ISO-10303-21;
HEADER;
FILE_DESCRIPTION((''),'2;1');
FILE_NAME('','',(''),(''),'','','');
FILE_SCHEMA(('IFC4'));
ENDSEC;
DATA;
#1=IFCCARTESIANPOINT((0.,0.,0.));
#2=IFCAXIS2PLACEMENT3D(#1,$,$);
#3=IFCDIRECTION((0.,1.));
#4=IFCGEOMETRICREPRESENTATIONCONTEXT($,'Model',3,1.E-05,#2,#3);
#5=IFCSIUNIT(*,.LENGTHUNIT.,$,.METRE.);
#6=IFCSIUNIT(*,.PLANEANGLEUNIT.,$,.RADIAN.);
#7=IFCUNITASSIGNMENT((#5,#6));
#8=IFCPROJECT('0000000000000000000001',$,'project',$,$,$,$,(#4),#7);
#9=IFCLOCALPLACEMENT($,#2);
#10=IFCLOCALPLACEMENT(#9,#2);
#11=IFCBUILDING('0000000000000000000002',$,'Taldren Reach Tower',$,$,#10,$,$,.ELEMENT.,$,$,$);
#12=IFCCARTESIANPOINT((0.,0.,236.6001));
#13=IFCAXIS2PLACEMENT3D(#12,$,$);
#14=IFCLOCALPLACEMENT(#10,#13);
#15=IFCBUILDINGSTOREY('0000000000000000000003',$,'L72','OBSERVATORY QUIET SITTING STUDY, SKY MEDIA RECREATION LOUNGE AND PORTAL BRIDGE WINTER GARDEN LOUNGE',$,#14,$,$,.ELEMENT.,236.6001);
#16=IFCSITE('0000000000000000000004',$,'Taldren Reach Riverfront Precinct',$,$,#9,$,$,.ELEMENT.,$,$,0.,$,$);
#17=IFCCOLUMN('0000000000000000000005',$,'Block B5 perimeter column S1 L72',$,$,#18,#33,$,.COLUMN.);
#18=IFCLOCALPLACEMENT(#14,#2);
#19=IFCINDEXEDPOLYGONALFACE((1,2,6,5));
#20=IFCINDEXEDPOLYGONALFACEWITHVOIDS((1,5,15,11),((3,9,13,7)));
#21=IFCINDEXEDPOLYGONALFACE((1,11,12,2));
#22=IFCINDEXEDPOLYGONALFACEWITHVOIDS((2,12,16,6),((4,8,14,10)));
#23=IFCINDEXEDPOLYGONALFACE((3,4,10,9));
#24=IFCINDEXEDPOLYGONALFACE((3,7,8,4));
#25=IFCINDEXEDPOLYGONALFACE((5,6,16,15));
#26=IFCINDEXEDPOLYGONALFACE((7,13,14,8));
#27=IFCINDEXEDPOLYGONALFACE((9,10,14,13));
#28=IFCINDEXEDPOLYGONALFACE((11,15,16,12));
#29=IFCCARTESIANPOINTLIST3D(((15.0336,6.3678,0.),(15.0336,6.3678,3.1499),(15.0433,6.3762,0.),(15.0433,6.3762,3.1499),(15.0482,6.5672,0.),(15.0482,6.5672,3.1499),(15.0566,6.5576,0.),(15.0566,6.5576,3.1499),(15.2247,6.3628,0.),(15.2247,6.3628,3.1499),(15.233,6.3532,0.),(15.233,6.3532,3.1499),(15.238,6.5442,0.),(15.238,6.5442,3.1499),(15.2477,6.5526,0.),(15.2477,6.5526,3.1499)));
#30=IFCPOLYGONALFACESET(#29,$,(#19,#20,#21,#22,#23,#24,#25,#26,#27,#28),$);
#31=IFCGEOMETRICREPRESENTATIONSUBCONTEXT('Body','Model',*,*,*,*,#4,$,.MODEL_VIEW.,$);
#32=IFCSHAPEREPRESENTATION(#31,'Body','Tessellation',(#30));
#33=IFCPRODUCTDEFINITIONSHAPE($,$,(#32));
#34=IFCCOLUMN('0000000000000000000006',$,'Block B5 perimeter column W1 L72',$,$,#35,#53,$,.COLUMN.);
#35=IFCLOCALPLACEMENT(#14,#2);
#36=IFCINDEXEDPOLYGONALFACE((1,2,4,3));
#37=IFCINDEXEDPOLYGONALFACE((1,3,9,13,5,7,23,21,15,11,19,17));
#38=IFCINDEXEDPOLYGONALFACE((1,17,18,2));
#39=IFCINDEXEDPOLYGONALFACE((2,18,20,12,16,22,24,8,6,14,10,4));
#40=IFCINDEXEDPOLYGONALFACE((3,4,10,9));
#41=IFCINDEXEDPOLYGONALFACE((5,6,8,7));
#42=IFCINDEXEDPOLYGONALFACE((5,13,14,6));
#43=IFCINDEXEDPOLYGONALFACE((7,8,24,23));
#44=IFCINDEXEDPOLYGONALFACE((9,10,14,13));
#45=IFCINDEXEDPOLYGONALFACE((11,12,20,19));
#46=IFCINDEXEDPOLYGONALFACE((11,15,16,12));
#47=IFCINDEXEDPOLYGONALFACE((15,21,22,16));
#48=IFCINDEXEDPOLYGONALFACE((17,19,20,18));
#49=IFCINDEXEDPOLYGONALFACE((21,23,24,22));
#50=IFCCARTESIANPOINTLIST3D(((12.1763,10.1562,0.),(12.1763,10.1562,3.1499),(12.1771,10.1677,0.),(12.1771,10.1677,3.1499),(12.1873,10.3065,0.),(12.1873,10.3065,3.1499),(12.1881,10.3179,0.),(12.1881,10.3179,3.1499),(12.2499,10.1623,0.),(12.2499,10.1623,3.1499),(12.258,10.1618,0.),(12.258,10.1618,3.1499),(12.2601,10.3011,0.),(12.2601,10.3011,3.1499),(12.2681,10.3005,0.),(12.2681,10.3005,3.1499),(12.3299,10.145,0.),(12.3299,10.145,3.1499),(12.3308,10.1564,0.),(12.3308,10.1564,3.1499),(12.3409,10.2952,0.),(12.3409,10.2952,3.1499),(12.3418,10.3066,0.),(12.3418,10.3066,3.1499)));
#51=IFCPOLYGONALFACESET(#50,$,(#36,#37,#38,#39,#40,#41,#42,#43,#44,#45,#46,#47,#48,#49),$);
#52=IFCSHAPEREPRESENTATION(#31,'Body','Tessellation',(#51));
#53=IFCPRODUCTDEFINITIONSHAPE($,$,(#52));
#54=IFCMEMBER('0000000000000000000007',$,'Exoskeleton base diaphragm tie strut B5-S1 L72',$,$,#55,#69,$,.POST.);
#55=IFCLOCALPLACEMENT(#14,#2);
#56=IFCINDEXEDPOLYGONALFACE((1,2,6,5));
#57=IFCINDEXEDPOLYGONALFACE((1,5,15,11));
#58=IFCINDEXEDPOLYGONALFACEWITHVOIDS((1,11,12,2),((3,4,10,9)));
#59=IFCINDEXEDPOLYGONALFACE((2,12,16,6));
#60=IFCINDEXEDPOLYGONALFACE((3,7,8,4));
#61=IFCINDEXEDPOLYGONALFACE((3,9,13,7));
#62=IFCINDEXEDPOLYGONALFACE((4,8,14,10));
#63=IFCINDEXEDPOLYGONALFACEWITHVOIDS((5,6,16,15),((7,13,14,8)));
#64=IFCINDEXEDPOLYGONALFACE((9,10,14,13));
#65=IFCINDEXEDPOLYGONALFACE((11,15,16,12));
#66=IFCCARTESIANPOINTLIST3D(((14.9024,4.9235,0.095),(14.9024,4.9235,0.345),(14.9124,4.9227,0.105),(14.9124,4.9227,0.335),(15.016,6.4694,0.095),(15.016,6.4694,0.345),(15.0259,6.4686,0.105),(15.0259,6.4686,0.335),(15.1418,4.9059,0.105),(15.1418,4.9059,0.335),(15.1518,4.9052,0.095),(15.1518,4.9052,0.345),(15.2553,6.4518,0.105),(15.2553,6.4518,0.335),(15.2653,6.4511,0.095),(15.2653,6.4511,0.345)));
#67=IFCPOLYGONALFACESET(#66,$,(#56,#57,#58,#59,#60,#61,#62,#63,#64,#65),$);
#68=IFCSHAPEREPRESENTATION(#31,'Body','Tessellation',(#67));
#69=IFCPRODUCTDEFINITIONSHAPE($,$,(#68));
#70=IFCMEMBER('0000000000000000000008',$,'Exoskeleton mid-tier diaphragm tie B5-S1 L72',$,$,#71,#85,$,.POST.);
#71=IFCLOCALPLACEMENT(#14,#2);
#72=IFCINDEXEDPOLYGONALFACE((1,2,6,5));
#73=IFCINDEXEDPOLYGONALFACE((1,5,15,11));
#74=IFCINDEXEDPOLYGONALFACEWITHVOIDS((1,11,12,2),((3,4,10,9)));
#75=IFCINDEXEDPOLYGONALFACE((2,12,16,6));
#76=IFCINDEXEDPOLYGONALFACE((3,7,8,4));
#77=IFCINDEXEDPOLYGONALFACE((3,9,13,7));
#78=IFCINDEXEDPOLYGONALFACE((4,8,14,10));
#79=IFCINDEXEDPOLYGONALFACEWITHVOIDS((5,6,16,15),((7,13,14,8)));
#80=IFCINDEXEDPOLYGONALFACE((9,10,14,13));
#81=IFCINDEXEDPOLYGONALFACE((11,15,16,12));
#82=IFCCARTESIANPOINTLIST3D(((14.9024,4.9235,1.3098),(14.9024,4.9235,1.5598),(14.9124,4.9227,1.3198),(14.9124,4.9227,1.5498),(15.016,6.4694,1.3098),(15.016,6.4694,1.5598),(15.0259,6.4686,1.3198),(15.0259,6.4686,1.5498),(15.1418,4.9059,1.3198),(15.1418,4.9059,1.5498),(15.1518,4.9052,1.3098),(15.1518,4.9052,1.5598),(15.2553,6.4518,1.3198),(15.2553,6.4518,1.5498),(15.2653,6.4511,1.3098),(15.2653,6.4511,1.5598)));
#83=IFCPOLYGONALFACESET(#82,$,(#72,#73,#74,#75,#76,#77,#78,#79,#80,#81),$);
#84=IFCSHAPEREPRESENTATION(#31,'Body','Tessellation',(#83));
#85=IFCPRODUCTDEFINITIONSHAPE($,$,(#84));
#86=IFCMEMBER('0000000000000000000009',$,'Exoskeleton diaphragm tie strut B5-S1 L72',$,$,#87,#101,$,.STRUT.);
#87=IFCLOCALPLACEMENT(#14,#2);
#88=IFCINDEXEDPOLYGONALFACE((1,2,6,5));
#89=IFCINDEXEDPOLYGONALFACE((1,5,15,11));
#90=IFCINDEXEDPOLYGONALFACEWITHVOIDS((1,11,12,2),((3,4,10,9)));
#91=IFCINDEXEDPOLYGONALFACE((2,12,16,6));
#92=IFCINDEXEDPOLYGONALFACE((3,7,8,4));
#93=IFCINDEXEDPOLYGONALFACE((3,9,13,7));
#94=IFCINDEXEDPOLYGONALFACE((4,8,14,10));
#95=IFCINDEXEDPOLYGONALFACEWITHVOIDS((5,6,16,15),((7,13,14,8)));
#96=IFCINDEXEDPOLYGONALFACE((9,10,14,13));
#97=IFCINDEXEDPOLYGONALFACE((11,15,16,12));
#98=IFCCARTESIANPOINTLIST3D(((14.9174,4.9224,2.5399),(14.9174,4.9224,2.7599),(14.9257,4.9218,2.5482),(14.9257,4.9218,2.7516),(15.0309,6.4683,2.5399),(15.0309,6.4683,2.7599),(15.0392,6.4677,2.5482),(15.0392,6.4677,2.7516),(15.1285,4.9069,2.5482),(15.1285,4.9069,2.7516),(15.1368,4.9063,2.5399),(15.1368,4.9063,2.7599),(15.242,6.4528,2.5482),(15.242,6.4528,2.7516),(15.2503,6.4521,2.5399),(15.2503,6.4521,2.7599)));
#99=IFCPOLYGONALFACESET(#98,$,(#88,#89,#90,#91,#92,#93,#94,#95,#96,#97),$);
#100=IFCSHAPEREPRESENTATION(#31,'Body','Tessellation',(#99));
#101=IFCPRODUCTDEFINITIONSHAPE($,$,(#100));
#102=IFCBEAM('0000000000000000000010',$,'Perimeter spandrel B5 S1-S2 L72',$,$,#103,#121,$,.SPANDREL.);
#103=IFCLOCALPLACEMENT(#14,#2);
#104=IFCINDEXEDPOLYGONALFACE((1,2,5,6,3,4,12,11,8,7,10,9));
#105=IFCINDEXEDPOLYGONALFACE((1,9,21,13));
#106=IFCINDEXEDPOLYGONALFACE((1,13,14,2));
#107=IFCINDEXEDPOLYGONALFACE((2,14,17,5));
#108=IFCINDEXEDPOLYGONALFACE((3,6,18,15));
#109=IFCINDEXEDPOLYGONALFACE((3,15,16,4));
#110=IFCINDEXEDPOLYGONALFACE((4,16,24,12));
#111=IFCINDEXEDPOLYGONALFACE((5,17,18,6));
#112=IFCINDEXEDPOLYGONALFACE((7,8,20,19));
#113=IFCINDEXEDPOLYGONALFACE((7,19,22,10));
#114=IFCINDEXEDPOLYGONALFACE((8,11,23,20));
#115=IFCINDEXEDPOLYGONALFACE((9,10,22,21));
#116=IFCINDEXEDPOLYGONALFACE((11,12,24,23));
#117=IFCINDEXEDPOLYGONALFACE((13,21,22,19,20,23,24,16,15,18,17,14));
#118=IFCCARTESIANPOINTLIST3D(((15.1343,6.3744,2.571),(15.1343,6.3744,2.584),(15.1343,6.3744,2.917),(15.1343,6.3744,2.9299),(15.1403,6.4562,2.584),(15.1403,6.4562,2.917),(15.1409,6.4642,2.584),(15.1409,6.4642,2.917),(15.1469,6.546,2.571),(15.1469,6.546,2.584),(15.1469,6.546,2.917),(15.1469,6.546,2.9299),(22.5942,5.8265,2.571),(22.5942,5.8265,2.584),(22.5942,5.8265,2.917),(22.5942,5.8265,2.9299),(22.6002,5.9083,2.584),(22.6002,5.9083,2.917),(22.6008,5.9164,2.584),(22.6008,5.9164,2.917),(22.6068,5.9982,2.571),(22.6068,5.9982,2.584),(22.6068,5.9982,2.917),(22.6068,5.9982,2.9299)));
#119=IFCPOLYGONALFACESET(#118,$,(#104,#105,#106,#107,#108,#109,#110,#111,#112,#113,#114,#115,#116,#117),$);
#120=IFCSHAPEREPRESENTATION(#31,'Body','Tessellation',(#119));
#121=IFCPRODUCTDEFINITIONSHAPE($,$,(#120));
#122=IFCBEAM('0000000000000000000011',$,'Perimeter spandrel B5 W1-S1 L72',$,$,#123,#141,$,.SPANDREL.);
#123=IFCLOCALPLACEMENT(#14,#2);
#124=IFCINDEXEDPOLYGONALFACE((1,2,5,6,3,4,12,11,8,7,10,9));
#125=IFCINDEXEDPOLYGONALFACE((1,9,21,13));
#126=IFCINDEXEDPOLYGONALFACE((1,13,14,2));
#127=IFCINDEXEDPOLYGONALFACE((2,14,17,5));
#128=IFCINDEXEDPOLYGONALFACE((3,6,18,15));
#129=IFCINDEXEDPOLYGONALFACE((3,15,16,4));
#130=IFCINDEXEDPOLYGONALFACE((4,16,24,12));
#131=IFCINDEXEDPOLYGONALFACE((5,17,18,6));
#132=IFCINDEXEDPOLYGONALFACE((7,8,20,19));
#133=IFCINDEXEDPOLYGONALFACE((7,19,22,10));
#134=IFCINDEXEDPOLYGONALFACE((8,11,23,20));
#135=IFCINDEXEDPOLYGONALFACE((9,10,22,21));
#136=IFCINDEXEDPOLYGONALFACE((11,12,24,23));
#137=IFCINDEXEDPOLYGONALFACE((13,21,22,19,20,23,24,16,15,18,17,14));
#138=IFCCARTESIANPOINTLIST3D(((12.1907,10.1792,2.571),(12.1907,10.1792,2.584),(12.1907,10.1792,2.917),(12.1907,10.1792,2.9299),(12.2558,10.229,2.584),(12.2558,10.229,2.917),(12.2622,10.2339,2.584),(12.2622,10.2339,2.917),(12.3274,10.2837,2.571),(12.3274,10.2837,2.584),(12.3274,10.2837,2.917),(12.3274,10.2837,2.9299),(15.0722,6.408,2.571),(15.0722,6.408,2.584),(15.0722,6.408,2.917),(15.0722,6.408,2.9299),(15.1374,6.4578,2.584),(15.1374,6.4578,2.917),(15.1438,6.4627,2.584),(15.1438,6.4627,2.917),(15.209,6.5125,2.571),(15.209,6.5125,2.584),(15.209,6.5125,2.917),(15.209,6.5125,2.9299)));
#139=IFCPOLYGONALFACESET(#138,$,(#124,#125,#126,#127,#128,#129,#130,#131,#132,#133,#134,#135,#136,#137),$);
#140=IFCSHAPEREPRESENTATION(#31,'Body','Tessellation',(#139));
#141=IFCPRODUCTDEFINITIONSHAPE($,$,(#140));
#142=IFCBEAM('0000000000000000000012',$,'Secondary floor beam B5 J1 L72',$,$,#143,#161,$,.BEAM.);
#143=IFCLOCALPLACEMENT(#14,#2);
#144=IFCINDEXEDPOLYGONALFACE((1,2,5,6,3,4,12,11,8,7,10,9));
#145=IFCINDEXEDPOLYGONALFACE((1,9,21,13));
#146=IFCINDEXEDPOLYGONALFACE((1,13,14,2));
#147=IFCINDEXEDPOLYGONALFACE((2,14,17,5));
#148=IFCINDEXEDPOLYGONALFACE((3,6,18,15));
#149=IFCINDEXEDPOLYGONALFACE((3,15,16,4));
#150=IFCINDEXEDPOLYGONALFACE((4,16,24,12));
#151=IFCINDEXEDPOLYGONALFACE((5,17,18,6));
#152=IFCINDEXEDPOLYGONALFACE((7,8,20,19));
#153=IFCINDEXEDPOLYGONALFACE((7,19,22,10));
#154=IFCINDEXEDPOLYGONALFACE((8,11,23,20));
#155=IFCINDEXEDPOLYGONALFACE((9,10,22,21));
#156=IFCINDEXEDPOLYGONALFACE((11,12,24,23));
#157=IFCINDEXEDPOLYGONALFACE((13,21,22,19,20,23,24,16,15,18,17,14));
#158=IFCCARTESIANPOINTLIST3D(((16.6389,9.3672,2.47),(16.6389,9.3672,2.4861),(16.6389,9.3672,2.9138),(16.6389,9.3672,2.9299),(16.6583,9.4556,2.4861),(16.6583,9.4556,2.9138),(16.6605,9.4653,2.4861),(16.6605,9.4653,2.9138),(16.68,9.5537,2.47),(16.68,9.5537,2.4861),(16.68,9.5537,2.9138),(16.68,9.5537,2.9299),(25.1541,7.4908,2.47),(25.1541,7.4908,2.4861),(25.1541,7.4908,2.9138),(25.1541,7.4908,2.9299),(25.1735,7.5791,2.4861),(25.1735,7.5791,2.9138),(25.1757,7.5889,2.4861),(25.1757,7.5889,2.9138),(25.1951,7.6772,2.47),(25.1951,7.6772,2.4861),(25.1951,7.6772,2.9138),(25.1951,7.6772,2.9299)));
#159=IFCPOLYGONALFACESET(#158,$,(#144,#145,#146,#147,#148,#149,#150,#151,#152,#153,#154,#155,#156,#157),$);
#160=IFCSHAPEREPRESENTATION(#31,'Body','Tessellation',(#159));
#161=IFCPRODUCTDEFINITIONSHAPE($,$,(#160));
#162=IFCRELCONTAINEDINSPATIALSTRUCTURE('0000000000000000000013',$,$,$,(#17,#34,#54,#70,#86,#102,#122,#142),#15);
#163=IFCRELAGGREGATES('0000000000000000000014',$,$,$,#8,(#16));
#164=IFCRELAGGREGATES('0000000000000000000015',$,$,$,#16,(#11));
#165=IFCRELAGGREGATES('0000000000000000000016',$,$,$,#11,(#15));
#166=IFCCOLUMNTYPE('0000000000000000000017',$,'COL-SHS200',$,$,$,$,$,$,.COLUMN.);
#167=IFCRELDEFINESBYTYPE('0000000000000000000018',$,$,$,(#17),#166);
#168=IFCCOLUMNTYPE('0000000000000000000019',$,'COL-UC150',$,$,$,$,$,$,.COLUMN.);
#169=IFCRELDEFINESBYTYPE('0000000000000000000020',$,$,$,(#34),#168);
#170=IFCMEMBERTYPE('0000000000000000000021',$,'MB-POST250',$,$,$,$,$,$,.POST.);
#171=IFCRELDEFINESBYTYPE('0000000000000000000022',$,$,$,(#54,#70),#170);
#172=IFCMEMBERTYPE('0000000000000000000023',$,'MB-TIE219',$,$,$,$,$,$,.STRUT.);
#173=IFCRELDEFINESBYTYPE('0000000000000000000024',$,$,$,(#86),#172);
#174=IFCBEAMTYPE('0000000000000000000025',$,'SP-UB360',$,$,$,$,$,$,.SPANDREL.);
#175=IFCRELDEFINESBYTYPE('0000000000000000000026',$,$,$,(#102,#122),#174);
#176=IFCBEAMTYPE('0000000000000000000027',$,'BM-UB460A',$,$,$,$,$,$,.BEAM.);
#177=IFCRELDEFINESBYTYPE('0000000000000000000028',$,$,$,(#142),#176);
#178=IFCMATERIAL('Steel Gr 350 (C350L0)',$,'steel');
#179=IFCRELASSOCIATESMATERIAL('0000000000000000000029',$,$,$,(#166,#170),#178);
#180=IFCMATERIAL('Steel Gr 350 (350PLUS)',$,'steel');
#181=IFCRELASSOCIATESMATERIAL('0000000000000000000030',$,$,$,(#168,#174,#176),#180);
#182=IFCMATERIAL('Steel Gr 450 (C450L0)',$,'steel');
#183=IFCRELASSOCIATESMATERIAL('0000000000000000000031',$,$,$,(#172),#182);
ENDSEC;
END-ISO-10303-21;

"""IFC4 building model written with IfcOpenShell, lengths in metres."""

from ifc_helpers import new_model, si_unit, direction, frame, origin, origin_2d, place, context, subcontext, project, spatial, hollow_rectangle, i_section, extrude, source, transform, mapped, material, material_profile, profile_set, type_object, element, save


model = new_model("IFC4")

# Units and contexts
model_context = context("Model", 3, precision=1e-05, world=origin(), true_north=direction((0.0, 1.0)))
body_context = subcontext(model_context, "Body", "Model", "MODEL_VIEW")
ifc_project = project(units=[si_unit("LENGTHUNIT", "METRE"), si_unit("PLANEANGLEUNIT", "RADIAN")], contexts=[model_context])

# Site, building, storey
site_placement = place(None, origin())
site = spatial("IfcSite", under=ifc_project, at=site_placement, Name="Taldren Reach Riverfront Precinct", CompositionType="ELEMENT", RefElevation=0.0)
building_placement = place(site_placement, origin())
building = spatial("IfcBuilding", under=site, at=building_placement, Name="Taldren Reach Tower", CompositionType="ELEMENT")
storey_placement = place(building_placement, frame((0.0, 0.0, 236.6001)))
storey = spatial("IfcBuildingStorey", under=building, at=storey_placement, Name="L72", Description="OBSERVATORY QUIET SITTING STUDY, SKY MEDIA RECREATION LOUNGE AND PORTAL BRIDGE WINTER GARDEN LOUNGE", CompositionType="ELEMENT", Elevation=236.6001)

# Columns
ifc_material_1 = material(Name="Steel Gr 350 (C350L0)", Category="steel")
ifc_material_profile_1 = material_profile(ifc_material_1, hollow_rectangle(XDim=0.2, YDim=0.2, WallThickness=0.009, at=origin_2d()), Name="200x200x9.0SHS")
ifc_profile_set_1 = profile_set([ifc_material_profile_1], Name="Steel Gr 350 (C350L0)")
column_type_1 = type_object("IfcColumnType", Name="COL-SHS200", PredefinedType="COLUMN", material=ifc_profile_set_1)
shared_shape_1 = source(origin(), body_context, "Body", "SweptSolid", [
    extrude(hollow_rectangle(XDim=0.2, YDim=0.2, WallThickness=0.009, at=origin_2d()), origin(), (0.0, 0.0, 1.0), 3.1499),
])
column_1_placement = place(storey_placement, frame((15.1406, 6.4602, 0.0), z_axis=(0.0, 0.0, 1.0), x_axis=(0.997314, -0.073238, 0.0)))
element("IfcColumn", 1, at=column_1_placement, inside=storey, type_object=column_type_1, Name="Block B5 perimeter column S1 L72", PredefinedType="COLUMN", context=body_context, shape_type="MappedRepresentation", body=[
    mapped(shared_shape_1, transform((0.0, 0.0, 0.0), scale=1.0)),
])
ifc_material_2 = material(Name="Steel Gr 350 (350PLUS)", Category="steel")
ifc_material_profile_2 = material_profile(ifc_material_2, i_section(OverallWidth=0.1541, OverallDepth=0.1621, WebThickness=0.0081, FlangeThickness=0.0115, at=origin_2d()), Name="150UC37.2")
ifc_profile_set_2 = profile_set([ifc_material_profile_2], Name="Steel Gr 350 (350PLUS)")
column_type_2 = type_object("IfcColumnType", Name="COL-UC150", PredefinedType="COLUMN", material=ifc_profile_set_2)
shared_shape_2 = source(origin(), body_context, "Body", "SweptSolid", [
    extrude(i_section(OverallWidth=0.1541, OverallDepth=0.1621, WebThickness=0.0081, FlangeThickness=0.0115, at=origin_2d()), origin(), (0.0, 0.0, 1.0), 3.1499),
])
column_2_placement = place(storey_placement, frame((12.259, 10.2314, 0.0), z_axis=(0.0, 0.0, 1.0), x_axis=(0.997314, -0.073238, 0.0)))
element("IfcColumn", 2, at=column_2_placement, inside=storey, type_object=column_type_2, Name="Block B5 perimeter column W1 L72", PredefinedType="COLUMN", context=body_context, shape_type="MappedRepresentation", body=[
    mapped(shared_shape_2, transform((0.0, 0.0, 0.0), scale=1.0)),
])

# Members
ifc_material_profile_3 = material_profile(ifc_material_1, hollow_rectangle(XDim=0.25, YDim=0.25, WallThickness=0.01, at=origin_2d()), Name="250x250x10.0SHS")
ifc_profile_set_3 = profile_set([ifc_material_profile_3], Name="Steel Gr 350 (C350L0)")
member_type_1 = type_object("IfcMemberType", Name="MB-POST250", PredefinedType="POST", material=ifc_profile_set_3)
shared_shape_3 = source(origin(), body_context, "Body", "SweptSolid", [
    extrude(hollow_rectangle(XDim=0.25, YDim=0.25, WallThickness=0.01, at=origin_2d()), origin(), (0.0, 0.0, 1.0), 1.55),
])
for number, where, z_axis, x_axis, name in (
    (3, (15.1406, 6.4602, 0.22), (-0.073239, -0.997314, 0.0), (0.997314, -0.073239, 0.0), "Exoskeleton base diaphragm tie strut B5-S1 L72"),
    (4, (15.1406, 6.4602, 1.4348), (-0.073239, -0.997314, 0.0), (0.997314, -0.073239, 0.0), "Exoskeleton mid-tier diaphragm tie B5-S1 L72"),
):
    element("IfcMember", number, at=place(storey_placement, frame(where, z_axis=z_axis, x_axis=x_axis)), inside=storey, type_object=member_type_1, Name=name, PredefinedType="POST", context=body_context, shape_type="MappedRepresentation", body=[
        mapped(shared_shape_3, transform((0.0, 0.0, 0.0), scale=1.0)),
    ])
ifc_material_3 = material(Name="Steel Gr 450 (C450L0)", Category="steel")
ifc_material_profile_4 = material_profile(ifc_material_3, hollow_rectangle(XDim=0.22, YDim=0.22, WallThickness=0.0083, at=origin_2d()), Name="220x220x8.2SHS")
ifc_profile_set_4 = profile_set([ifc_material_profile_4], Name="Steel Gr 450 (C450L0)")
member_type_2 = type_object("IfcMemberType", Name="MB-TIE219", PredefinedType="STRUT", material=ifc_profile_set_4)
shared_shape_4 = source(origin(), body_context, "Body", "SweptSolid", [
    extrude(hollow_rectangle(XDim=0.22, YDim=0.22, WallThickness=0.0083, at=origin_2d()), origin(), (0.0, 0.0, 1.0), 1.55),
])
member_1_placement = place(storey_placement, frame((15.1406, 6.4602, 2.6499), z_axis=(-0.073239, -0.997314, 0.0), x_axis=(0.997314, -0.073239, 0.0)))
element("IfcMember", 5, at=member_1_placement, inside=storey, type_object=member_type_2, Name="Exoskeleton diaphragm tie strut B5-S1 L72", PredefinedType="STRUT", context=body_context, shape_type="MappedRepresentation", body=[
    mapped(shared_shape_4, transform((0.0, 0.0, 0.0), scale=1.0)),
])

# Beams
ifc_material_profile_5 = material_profile(ifc_material_2, i_section(OverallWidth=0.1721, OverallDepth=0.3589, WebThickness=0.0081, FlangeThickness=0.0129, at=origin_2d()), Name="360UB56.7")
ifc_profile_set_5 = profile_set([ifc_material_profile_5], Name="Steel Gr 350 (350PLUS)")
beam_type_1 = type_object("IfcBeamType", Name="SP-UB360", PredefinedType="SPANDREL", material=ifc_profile_set_5)
shared_shape_5 = source(origin(), body_context, "Body", "SweptSolid", [
    extrude(i_section(OverallWidth=0.1721, OverallDepth=0.3589, WebThickness=0.0081, FlangeThickness=0.0129, at=origin_2d()), origin(), (0.0, 0.0, 1.0), 7.48),
])
beam_1_placement = place(storey_placement, frame((15.1406, 6.4602, 2.7505), z_axis=(0.997314, -0.073242, 0.0), x_axis=(0.073242, 0.997314, 0.0)))
element("IfcBeam", 6, at=beam_1_placement, inside=storey, type_object=beam_type_1, Name="Perimeter spandrel B5 S1-S2 L72", PredefinedType="SPANDREL", context=body_context, shape_type="MappedRepresentation", body=[
    mapped(shared_shape_5, transform((0.0, 0.0, 0.0), scale=1.0)),
])
shared_shape_6 = source(origin(), body_context, "Body", "SweptSolid", [
    extrude(i_section(OverallWidth=0.1721, OverallDepth=0.3589, WebThickness=0.0081, FlangeThickness=0.0129, at=origin_2d()), origin(), (0.0, 0.0, 1.0), 4.7461),
])
beam_2_placement = place(storey_placement, frame((12.259, 10.2314, 2.7505), z_axis=(0.607145, -0.794591, 0.0), x_axis=(0.794591, 0.607145, 0.0)))
element("IfcBeam", 7, at=beam_2_placement, inside=storey, type_object=beam_type_1, Name="Perimeter spandrel B5 W1-S1 L72", PredefinedType="SPANDREL", context=body_context, shape_type="MappedRepresentation", body=[
    mapped(shared_shape_6, transform((0.0, 0.0, 0.0), scale=1.0)),
])
ifc_material_profile_6 = material_profile(ifc_material_2, i_section(OverallWidth=0.1909, OverallDepth=0.46, WebThickness=0.01, FlangeThickness=0.0161, at=origin_2d()), Name="460UB82.1")
ifc_profile_set_6 = profile_set([ifc_material_profile_6], Name="Steel Gr 350 (350PLUS)")
beam_type_2 = type_object("IfcBeamType", Name="BM-UB460A", PredefinedType="BEAM", material=ifc_profile_set_6)
shared_shape_7 = source(origin(), body_context, "Body", "SweptSolid", [
    extrude(i_section(OverallWidth=0.1909, OverallDepth=0.46, WebThickness=0.01, FlangeThickness=0.0161, at=origin_2d()), origin(), (0.0, 0.0, 1.0), 8.7195),
])
beam_3_placement = place(storey_placement, frame((16.6594, 9.4604, 2.7), z_axis=(0.976569, -0.215205, 0.0), x_axis=(0.215205, 0.976569, 0.0)))
element("IfcBeam", 8, at=beam_3_placement, inside=storey, type_object=beam_type_2, Name="Secondary floor beam B5 J1 L72", PredefinedType="BEAM", context=body_context, shape_type="MappedRepresentation", body=[
    mapped(shared_shape_7, transform((0.0, 0.0, 0.0), scale=1.0)),
])

save(model, "model.ifc")
